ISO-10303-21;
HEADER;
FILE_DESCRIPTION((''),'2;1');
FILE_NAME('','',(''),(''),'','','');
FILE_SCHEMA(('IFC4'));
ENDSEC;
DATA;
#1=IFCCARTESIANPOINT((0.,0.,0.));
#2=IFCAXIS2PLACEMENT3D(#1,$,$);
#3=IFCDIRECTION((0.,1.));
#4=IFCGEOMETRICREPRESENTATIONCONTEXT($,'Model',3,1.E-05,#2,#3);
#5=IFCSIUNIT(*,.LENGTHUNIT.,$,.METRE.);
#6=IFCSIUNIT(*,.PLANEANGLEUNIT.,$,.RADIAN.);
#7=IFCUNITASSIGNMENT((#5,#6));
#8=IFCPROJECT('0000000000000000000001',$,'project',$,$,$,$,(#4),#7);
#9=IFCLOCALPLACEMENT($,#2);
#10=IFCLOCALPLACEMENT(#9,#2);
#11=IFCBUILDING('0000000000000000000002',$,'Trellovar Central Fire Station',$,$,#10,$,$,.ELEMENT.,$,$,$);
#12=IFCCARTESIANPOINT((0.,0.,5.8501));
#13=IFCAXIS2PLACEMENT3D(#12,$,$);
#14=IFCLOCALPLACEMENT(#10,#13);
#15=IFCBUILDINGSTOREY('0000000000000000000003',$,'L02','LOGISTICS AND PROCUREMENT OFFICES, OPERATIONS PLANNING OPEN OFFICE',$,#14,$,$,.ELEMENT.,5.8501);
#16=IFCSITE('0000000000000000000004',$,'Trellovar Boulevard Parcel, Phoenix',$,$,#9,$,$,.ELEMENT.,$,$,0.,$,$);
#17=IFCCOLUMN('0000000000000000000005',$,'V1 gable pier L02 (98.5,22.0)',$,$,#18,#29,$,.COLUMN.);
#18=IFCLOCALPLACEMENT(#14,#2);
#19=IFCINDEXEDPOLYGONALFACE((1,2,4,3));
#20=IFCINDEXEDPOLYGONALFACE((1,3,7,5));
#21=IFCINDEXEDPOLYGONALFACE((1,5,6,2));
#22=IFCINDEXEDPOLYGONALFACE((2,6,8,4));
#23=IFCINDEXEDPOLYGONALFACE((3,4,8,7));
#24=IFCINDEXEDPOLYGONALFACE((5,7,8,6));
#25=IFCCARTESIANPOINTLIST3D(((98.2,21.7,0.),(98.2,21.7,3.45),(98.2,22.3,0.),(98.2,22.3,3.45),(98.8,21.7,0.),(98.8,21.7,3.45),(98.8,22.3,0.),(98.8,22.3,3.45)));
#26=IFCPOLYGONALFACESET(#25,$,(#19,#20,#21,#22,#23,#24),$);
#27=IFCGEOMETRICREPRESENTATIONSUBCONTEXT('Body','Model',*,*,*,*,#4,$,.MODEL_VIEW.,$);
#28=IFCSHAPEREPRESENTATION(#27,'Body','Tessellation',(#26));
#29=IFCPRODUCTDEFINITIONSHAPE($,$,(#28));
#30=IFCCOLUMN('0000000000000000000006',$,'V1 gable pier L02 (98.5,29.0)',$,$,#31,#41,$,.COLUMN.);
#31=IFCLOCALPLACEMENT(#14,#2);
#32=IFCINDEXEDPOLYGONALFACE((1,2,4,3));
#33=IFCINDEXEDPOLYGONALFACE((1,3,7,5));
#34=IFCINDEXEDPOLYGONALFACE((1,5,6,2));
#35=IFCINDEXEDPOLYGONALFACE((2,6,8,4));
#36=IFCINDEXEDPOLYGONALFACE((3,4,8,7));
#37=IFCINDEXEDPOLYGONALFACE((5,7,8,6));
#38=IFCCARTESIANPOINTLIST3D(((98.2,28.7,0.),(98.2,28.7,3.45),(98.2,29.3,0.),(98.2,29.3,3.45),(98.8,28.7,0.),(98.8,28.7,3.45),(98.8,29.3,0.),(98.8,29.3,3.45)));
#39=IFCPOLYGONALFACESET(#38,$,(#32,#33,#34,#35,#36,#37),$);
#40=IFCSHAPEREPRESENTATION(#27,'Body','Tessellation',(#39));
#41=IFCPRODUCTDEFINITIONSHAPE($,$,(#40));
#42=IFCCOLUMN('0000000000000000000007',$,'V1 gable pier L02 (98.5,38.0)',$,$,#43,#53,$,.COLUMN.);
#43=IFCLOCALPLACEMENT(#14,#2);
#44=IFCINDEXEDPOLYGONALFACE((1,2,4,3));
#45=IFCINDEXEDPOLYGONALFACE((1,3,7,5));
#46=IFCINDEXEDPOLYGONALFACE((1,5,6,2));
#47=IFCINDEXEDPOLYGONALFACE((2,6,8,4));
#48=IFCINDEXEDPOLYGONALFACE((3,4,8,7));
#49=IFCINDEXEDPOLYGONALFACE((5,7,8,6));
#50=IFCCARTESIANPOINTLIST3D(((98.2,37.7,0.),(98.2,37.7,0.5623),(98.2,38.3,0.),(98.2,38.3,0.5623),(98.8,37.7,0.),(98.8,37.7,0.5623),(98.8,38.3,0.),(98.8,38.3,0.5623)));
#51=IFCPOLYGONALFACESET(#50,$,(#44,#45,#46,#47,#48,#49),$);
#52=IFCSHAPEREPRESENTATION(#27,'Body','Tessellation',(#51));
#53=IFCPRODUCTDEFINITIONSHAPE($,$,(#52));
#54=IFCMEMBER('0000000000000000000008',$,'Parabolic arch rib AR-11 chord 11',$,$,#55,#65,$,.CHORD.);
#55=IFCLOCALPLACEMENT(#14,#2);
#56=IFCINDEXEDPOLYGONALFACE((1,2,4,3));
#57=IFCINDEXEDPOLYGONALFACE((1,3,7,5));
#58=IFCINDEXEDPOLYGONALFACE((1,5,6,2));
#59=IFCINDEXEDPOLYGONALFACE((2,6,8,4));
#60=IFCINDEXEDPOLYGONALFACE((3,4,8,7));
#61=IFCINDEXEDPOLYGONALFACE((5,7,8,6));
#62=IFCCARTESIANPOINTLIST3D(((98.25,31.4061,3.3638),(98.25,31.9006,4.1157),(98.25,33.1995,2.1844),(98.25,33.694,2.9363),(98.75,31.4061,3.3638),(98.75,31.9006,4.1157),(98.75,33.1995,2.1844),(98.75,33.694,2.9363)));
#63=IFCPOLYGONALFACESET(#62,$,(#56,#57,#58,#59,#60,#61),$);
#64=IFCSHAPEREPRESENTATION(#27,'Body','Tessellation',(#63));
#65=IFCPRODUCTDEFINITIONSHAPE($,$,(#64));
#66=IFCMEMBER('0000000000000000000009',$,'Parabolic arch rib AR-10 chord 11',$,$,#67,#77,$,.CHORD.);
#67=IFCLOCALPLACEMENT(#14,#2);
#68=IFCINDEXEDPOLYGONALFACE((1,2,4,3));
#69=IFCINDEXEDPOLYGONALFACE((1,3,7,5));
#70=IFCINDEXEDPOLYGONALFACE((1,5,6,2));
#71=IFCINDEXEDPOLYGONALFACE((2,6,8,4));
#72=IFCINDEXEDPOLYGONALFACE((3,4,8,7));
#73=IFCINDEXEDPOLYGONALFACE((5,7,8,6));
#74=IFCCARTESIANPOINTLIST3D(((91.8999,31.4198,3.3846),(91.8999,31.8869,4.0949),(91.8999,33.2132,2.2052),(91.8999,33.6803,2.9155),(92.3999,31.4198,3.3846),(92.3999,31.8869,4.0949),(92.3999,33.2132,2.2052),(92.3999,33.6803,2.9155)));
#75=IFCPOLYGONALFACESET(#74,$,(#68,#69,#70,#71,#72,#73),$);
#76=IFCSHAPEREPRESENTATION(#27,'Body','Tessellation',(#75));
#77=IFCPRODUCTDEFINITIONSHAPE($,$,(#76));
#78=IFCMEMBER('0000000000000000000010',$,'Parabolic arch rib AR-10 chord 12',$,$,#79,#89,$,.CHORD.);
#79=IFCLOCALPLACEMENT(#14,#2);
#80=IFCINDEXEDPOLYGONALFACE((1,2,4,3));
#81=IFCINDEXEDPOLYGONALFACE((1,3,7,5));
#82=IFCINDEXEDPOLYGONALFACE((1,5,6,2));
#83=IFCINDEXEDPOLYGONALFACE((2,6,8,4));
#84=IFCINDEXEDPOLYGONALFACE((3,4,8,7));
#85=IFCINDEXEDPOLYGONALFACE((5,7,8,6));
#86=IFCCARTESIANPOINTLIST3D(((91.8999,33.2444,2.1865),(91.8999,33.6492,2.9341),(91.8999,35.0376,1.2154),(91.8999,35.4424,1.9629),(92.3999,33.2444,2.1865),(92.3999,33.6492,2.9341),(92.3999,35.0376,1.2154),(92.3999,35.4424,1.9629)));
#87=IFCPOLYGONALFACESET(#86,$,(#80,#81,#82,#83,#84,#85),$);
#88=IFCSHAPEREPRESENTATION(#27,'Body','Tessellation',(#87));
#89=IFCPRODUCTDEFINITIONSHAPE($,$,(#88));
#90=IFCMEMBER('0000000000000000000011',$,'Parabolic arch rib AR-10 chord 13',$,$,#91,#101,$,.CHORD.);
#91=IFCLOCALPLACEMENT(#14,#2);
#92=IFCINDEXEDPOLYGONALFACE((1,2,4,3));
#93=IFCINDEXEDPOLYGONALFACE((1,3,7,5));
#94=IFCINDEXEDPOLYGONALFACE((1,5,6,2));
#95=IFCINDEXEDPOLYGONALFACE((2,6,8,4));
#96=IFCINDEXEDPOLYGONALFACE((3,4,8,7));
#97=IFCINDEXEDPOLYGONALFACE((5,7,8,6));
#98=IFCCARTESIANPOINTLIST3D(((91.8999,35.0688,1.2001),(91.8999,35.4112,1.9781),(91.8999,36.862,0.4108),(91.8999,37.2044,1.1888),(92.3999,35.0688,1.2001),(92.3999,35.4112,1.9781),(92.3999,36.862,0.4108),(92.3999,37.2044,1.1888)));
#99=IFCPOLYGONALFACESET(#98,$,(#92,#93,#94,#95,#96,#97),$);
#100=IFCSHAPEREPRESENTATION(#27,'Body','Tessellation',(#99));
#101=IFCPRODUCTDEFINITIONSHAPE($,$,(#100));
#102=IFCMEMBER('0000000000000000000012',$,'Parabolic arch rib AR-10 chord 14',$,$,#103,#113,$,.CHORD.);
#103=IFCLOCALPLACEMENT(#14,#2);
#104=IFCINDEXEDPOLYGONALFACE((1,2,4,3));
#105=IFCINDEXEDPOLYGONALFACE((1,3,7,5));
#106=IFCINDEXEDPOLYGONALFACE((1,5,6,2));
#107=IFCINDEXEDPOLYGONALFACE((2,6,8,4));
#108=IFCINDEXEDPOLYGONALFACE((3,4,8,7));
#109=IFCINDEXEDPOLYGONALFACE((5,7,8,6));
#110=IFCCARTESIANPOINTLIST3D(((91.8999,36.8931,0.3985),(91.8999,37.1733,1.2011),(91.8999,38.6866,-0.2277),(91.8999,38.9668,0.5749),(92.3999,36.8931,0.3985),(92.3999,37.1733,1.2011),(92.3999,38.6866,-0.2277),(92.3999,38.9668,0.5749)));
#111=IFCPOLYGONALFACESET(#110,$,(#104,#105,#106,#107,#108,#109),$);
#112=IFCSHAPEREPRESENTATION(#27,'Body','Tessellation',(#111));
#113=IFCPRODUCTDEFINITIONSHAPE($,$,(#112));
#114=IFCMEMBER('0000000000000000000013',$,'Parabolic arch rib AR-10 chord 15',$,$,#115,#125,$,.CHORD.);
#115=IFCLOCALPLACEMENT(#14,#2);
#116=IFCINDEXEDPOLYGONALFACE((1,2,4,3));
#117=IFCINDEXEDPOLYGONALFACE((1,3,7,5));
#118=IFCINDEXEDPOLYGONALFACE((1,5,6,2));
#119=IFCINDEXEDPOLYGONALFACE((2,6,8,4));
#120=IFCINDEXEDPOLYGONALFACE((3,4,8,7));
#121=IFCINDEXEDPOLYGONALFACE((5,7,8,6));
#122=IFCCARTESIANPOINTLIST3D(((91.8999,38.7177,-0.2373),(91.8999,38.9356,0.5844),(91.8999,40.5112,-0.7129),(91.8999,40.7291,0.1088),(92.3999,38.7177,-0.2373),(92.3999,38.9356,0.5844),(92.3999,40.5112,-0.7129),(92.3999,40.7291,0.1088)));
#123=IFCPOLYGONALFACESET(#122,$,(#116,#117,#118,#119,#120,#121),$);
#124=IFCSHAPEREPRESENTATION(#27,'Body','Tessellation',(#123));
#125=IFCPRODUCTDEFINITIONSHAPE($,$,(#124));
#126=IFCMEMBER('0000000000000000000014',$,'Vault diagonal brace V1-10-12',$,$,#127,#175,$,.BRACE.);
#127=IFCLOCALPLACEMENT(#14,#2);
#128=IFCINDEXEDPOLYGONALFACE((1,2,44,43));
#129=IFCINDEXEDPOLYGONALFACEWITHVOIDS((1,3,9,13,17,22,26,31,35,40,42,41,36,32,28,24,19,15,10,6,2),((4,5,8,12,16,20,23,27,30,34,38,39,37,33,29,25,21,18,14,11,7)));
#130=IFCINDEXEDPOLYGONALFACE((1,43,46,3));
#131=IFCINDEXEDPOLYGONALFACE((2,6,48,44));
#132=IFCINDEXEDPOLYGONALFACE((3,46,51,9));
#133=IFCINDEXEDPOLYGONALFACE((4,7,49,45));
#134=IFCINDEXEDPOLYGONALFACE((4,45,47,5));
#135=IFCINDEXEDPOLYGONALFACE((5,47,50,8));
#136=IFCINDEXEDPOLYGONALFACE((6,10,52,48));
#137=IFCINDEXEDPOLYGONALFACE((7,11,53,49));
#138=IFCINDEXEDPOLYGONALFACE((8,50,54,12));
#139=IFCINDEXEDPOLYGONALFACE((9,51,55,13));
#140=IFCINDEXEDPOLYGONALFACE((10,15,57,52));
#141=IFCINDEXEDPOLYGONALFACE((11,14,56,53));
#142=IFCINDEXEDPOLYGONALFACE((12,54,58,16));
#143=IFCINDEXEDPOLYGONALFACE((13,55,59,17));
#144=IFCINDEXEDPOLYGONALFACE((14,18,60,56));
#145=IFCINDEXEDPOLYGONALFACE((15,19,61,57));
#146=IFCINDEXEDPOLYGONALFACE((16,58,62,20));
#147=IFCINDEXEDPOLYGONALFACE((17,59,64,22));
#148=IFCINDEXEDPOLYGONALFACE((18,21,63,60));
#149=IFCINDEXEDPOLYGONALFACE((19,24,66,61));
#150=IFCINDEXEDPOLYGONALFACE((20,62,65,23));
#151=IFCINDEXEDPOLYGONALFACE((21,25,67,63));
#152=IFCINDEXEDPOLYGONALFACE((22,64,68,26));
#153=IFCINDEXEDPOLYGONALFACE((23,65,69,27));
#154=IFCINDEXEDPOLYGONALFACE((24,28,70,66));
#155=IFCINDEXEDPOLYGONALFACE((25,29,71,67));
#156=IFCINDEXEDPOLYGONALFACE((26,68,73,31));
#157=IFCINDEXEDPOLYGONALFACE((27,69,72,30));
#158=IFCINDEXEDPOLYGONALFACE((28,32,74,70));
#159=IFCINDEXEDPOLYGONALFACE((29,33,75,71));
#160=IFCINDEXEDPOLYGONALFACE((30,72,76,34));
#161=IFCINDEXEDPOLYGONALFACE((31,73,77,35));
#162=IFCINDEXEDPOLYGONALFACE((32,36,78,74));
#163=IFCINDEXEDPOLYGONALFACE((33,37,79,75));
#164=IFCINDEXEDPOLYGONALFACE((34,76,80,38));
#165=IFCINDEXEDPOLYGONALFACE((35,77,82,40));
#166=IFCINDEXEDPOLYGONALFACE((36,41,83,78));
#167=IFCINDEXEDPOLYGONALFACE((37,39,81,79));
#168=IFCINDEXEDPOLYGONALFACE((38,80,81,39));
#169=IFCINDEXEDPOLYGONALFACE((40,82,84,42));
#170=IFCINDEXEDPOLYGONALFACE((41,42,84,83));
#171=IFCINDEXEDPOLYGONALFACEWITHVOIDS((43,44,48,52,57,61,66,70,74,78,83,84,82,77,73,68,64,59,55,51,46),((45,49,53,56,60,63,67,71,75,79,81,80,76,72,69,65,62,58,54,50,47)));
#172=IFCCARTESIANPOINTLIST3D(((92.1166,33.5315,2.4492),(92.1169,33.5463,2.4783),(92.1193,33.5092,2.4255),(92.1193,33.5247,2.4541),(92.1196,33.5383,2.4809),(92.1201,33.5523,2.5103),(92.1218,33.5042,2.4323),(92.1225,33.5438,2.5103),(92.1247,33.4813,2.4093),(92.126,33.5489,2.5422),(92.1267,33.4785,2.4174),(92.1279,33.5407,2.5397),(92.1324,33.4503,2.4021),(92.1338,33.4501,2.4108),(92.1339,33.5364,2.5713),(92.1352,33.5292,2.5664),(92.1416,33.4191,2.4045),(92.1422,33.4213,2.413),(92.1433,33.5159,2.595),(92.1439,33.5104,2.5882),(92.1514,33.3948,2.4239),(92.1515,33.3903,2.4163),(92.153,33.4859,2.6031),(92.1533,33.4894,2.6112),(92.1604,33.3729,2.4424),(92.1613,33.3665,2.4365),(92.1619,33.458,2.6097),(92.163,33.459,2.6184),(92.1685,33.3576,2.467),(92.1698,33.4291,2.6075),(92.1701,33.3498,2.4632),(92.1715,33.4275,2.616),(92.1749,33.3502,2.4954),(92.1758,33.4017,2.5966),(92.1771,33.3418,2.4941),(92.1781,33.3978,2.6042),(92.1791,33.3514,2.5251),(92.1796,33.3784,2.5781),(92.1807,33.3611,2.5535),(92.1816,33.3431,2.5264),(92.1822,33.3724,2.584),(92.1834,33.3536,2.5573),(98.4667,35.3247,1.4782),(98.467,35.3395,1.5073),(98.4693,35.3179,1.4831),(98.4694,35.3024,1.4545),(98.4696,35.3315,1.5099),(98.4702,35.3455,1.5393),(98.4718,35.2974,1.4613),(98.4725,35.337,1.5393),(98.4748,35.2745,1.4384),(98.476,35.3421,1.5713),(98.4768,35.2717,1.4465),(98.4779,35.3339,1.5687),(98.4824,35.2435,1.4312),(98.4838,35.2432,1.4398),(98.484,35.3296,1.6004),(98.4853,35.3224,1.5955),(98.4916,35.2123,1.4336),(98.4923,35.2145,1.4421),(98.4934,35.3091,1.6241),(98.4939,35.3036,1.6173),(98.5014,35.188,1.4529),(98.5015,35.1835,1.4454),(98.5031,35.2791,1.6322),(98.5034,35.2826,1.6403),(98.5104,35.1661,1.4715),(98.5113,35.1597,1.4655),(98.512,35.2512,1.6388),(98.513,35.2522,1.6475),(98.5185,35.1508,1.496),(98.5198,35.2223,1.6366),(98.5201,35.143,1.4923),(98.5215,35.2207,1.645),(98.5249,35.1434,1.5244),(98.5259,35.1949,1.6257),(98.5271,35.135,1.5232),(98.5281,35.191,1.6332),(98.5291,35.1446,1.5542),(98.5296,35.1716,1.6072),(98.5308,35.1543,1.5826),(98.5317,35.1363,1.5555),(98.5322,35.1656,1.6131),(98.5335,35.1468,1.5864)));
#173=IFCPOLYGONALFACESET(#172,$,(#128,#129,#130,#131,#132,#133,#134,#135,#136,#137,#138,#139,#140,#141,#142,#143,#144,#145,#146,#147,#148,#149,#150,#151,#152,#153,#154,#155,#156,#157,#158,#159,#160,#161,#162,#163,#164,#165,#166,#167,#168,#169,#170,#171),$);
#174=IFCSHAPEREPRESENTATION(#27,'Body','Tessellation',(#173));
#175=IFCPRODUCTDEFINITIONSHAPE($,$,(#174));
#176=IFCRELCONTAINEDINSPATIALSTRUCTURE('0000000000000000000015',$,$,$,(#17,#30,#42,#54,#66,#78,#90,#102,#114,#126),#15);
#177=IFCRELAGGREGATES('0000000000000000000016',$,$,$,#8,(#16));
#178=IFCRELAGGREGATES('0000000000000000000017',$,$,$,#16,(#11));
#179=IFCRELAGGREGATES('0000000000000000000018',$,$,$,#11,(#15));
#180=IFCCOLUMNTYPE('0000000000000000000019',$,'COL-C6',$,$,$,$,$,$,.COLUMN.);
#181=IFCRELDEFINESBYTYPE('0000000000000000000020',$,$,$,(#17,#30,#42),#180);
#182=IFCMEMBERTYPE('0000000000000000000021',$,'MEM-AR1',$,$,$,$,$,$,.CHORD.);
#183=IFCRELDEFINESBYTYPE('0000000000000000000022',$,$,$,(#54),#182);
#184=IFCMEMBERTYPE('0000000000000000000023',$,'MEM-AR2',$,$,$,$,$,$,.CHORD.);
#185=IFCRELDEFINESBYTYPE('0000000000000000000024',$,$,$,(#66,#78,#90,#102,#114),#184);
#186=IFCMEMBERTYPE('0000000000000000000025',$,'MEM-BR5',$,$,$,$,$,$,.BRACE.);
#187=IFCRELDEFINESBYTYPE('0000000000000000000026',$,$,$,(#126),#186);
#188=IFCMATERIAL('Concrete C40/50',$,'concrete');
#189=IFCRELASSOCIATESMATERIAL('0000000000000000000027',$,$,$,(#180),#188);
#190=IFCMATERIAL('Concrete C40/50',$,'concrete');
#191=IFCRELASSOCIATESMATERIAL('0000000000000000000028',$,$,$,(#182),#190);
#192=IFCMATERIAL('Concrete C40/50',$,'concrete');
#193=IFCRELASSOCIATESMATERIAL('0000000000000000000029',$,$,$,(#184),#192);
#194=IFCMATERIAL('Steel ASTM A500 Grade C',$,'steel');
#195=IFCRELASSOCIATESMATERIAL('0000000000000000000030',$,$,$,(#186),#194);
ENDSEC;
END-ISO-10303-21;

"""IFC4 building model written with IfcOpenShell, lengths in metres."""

from ifc_helpers import new_model, si_unit, direction, frame, origin, origin_2d, place, context, subcontext, project, spatial, rectangle, hollow_circle, extrude, material, material_profile, profile_set, type_object, element, save


model = new_model("IFC4")

# Units and contexts
model_context = context("Model", 3, precision=1e-05, world=origin(), true_north=direction((0.0, 1.0)))
body_context = subcontext(model_context, "Body", "Model", "MODEL_VIEW")
ifc_project = project(units=[si_unit("LENGTHUNIT", "METRE"), si_unit("PLANEANGLEUNIT", "RADIAN")], contexts=[model_context])

# Site, building, storey
site_placement = place(None, origin())
site = spatial("IfcSite", under=ifc_project, at=site_placement, Name="Trellovar Boulevard Parcel, Phoenix", CompositionType="ELEMENT", RefElevation=0.0)
building_placement = place(site_placement, origin())
building = spatial("IfcBuilding", under=site, at=building_placement, Name="Trellovar Central Fire Station", CompositionType="ELEMENT")
storey_placement = place(building_placement, frame((0.0, 0.0, 5.8501)))
storey = spatial("IfcBuildingStorey", under=building, at=storey_placement, Name="L02", Description="LOGISTICS AND PROCUREMENT OFFICES, OPERATIONS PLANNING OPEN OFFICE", CompositionType="ELEMENT", Elevation=5.8501)

# Columns
ifc_material_1 = material(Name="Concrete C40/50", Category="concrete")
ifc_material_profile_1 = material_profile(ifc_material_1, rectangle(XDim=0.6001, YDim=0.6001, at=origin_2d()), Name="RC600X600")
ifc_profile_set_1 = profile_set([ifc_material_profile_1], Name="Concrete C40/50")
column_type = type_object("IfcColumnType", Name="COL-C6", PredefinedType="COLUMN", material=ifc_profile_set_1)
for number, where, z_axis, x_axis, name in (
    (1, (98.5, 22.0, 0.0), (0.0, 0.0, 1.0), (1.0, 0.0, 0.0), "V1 gable pier L02 (98.5,22.0)"),
    (2, (98.5, 29.0, 0.0), (0.0, 0.0, 1.0), (1.0, 0.0, 0.0), "V1 gable pier L02 (98.5,29.0)"),
):
    element("IfcColumn", number, at=place(storey_placement, frame(where, z_axis=z_axis, x_axis=x_axis)), inside=storey, type_object=column_type, Name=name, PredefinedType="COLUMN", context=body_context, shape_type="SweptSolid", body=[
        extrude(rectangle(XDim=0.6001, YDim=0.6001, at=origin_2d()), origin(), (0.0, 0.0, 1.0), 3.45),
    ])
column_placement = place(storey_placement, frame((98.5, 38.0, 0.0), z_axis=(0.0, 0.0, 1.0), x_axis=(1.0, 0.0, 0.0)))
element("IfcColumn", 3, at=column_placement, inside=storey, type_object=column_type, Name="V1 gable pier L02 (98.5,38.0)", PredefinedType="COLUMN", context=body_context, shape_type="SweptSolid", body=[
    extrude(rectangle(XDim=0.6001, YDim=0.6001, at=origin_2d()), origin(), (0.0, 0.0, 1.0), 0.5623),
])

# Members
ifc_material_2 = material(Name="Concrete C40/50", Category="concrete")
ifc_material_profile_2 = material_profile(ifc_material_2, rectangle(XDim=0.5, YDim=0.8999, at=origin_2d()), Name="RC500X900")
ifc_profile_set_2 = profile_set([ifc_material_profile_2], Name="Concrete C40/50")
member_type_1 = type_object("IfcMemberType", Name="MEM-AR1", PredefinedType="CHORD", material=ifc_profile_set_2)
member_1_placement = place(storey_placement, frame((98.5, 31.6533, 3.7397), z_axis=(0.0, 0.835516, -0.549466), x_axis=(-1.0, 0.0, 0.0)))
element("IfcMember", 4, at=member_1_placement, inside=storey, type_object=member_type_1, Name="Parabolic arch rib AR-11 chord 11", PredefinedType="CHORD", context=body_context, shape_type="SweptSolid", body=[
    extrude(rectangle(XDim=0.5, YDim=0.8999, at=origin_2d()), origin(), (0.0, 0.0, 1.0), 2.1465),
])
ifc_material_3 = material(Name="Concrete C40/50", Category="concrete")
ifc_material_profile_3 = material_profile(ifc_material_3, rectangle(XDim=0.5, YDim=0.8501, at=origin_2d()), Name="RC500X850")
ifc_profile_set_3 = profile_set([ifc_material_profile_3], Name="Concrete C40/50")
member_type_2 = type_object("IfcMemberType", Name="MEM-AR2", PredefinedType="CHORD", material=ifc_profile_set_3)
member_2_placement = place(storey_placement, frame((92.1499, 31.6533, 3.7397), z_axis=(0.0, 0.835516, -0.549466), x_axis=(-1.0, 0.0, 0.0)))
element("IfcMember", 5, at=member_2_placement, inside=storey, type_object=member_type_2, Name="Parabolic arch rib AR-10 chord 11", PredefinedType="CHORD", context=body_context, shape_type="SweptSolid", body=[
    extrude(rectangle(XDim=0.5, YDim=0.8501, at=origin_2d()), origin(), (0.0, 0.0, 1.0), 2.1465),
])
member_3_placement = place(storey_placement, frame((92.1499, 33.4468, 2.5603), z_axis=(0.0, 0.879319, -0.476233), x_axis=(-1.0, 0.0, 0.0)))
element("IfcMember", 6, at=member_3_placement, inside=storey, type_object=member_type_2, Name="Parabolic arch rib AR-10 chord 12", PredefinedType="CHORD", context=body_context, shape_type="SweptSolid", body=[
    extrude(rectangle(XDim=0.5, YDim=0.8501, at=origin_2d()), origin(), (0.0, 0.0, 1.0), 2.0393),
])
member_4_placement = place(storey_placement, frame((92.1499, 35.24, 1.5891), z_axis=(0.0, 0.91526, -0.402864), x_axis=(-1.0, 0.0, 0.0)))
element("IfcMember", 7, at=member_4_placement, inside=storey, type_object=member_type_2, Name="Parabolic arch rib AR-10 chord 13", PredefinedType="CHORD", context=body_context, shape_type="SweptSolid", body=[
    extrude(rectangle(XDim=0.5, YDim=0.8501, at=origin_2d()), origin(), (0.0, 0.0, 1.0), 1.9592),
])
member_5_placement = place(storey_placement, frame((92.1499, 37.0332, 0.7998), z_axis=(0.0, 0.944103, -0.329652), x_axis=(-1.0, 0.0, 0.0)))
element("IfcMember", 8, at=member_5_placement, inside=storey, type_object=member_type_2, Name="Parabolic arch rib AR-10 chord 14", PredefinedType="CHORD", context=body_context, shape_type="SweptSolid", body=[
    extrude(rectangle(XDim=0.5, YDim=0.8501, at=origin_2d()), origin(), (0.0, 0.0, 1.0), 1.8997),
])
member_6_placement = place(storey_placement, frame((92.1499, 38.8267, 0.1736), z_axis=(0.0, 0.966592, -0.256319), x_axis=(-1.0, 0.0, 0.0)))
element("IfcMember", 9, at=member_6_placement, inside=storey, type_object=member_type_2, Name="Parabolic arch rib AR-10 chord 15", PredefinedType="CHORD", context=body_context, shape_type="SweptSolid", body=[
    extrude(rectangle(XDim=0.5, YDim=0.8501, at=origin_2d()), origin(), (0.0, 0.0, 1.0), 1.8555),
])
ifc_material_4 = material(Name="Steel ASTM A500 Grade C", Category="steel")
ifc_material_profile_4 = material_profile(ifc_material_4, hollow_circle(Radius=0.1096, WallThickness=0.0088, at=origin_2d()), Name="HSS8.625X0.375")
ifc_profile_set_4 = profile_set([ifc_material_profile_4], Name="Steel ASTM A500 Grade C")
member_type_3 = type_object("IfcMemberType", Name="MEM-BR5", PredefinedType="BRACE", material=ifc_profile_set_4)
member_7_placement = place(storey_placement, frame((92.1499, 33.4468, 2.5103), z_axis=(0.952111, 0.268868, -0.14558), x_axis=(-0.271763, 0.962364, 0.0)))
element("IfcMember", 10, at=member_7_placement, inside=storey, type_object=member_type_3, Name="Vault diagonal brace V1-10-12", PredefinedType="BRACE", context=body_context, shape_type="SweptSolid", body=[
    extrude(hollow_circle(Radius=0.1096, WallThickness=0.0088, at=origin_2d()), origin(), (0.0, 0.0, 1.0), 6.6694),
])

save(model, "model.ifc")
